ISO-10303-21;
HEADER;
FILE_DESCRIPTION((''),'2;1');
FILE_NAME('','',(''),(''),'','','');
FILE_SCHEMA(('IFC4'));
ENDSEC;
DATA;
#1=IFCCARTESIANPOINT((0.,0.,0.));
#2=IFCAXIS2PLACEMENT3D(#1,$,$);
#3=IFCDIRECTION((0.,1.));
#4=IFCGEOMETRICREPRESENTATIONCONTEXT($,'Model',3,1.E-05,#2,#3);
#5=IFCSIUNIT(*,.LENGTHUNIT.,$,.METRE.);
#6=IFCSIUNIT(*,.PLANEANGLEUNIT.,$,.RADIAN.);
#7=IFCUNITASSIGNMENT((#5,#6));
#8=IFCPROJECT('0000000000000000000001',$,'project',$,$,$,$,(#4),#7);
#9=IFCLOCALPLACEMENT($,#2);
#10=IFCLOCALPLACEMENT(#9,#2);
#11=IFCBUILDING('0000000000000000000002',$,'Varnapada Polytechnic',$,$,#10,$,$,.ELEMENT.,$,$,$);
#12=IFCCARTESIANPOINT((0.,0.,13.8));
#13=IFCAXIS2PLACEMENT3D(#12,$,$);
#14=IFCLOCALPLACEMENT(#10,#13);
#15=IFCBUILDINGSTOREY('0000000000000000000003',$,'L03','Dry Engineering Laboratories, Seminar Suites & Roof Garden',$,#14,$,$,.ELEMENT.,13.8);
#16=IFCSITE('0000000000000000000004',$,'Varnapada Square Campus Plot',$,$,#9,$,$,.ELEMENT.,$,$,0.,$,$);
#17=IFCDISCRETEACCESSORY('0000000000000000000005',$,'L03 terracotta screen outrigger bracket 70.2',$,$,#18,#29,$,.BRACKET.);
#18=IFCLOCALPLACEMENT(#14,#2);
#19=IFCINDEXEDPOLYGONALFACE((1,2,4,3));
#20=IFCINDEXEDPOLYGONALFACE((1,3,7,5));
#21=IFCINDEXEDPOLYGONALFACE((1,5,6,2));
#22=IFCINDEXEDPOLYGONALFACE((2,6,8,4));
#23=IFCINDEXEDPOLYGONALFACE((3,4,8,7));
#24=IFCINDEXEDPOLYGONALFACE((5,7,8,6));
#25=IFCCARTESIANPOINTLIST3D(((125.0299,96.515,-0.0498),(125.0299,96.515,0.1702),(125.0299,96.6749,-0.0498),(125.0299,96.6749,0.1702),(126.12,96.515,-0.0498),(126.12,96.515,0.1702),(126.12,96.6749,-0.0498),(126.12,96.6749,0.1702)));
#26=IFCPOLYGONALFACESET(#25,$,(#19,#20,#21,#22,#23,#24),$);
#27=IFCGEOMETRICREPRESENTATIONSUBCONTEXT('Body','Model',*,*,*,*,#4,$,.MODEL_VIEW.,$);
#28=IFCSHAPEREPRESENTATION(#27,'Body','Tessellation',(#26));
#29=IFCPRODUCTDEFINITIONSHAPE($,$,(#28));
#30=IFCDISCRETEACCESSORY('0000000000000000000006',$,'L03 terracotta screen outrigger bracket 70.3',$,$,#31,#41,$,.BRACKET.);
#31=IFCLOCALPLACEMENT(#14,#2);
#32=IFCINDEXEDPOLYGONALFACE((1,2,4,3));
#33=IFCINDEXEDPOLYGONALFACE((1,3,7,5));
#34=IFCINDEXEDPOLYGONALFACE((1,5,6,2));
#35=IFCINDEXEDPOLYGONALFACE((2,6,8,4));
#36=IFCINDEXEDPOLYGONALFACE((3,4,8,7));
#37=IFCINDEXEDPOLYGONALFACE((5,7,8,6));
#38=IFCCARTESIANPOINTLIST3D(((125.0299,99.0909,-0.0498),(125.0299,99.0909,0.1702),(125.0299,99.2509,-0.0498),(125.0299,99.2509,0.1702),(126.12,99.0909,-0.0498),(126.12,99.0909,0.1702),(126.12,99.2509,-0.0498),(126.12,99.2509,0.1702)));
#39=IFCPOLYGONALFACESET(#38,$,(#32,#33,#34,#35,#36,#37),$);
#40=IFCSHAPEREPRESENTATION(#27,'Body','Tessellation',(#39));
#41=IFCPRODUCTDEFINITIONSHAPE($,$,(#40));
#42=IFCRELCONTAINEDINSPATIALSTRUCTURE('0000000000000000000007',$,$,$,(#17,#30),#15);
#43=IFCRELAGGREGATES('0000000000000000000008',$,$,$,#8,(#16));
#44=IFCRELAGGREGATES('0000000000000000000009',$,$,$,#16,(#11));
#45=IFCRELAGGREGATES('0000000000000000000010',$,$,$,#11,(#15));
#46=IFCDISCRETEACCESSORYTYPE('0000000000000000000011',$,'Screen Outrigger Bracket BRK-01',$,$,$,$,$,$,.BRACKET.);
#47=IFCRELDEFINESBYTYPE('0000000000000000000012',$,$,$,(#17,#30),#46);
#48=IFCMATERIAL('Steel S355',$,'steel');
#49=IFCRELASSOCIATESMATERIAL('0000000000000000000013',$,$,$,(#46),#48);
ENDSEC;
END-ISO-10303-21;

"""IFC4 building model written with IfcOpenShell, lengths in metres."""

from ifc_helpers import new_model, si_unit, direction, frame, origin, origin_2d, place, context, subcontext, project, spatial, rectangle, extrude, material, type_object, element, save


model = new_model("IFC4")

# Units and contexts
model_context = context("Model", 3, precision=1e-05, world=origin(), true_north=direction((0.0, 1.0)))
body_context = subcontext(model_context, "Body", "Model", "MODEL_VIEW")
ifc_project = project(units=[si_unit("LENGTHUNIT", "METRE"), si_unit("PLANEANGLEUNIT", "RADIAN")], contexts=[model_context])

# Site, building, storey
site_placement = place(None, origin())
site = spatial("IfcSite", under=ifc_project, at=site_placement, Name="Varnapada Square Campus Plot", CompositionType="ELEMENT", RefElevation=0.0)
building_placement = place(site_placement, origin())
building = spatial("IfcBuilding", under=site, at=building_placement, Name="Varnapada Polytechnic", CompositionType="ELEMENT")
storey_placement = place(building_placement, frame((0.0, 0.0, 13.8)))
storey = spatial("IfcBuildingStorey", under=building, at=storey_placement, Name="L03", Description="Dry Engineering Laboratories, Seminar Suites & Roof Garden", CompositionType="ELEMENT", Elevation=13.8)

# Discrete accessories
ifc_material_1 = material(Name="Steel S355", Category="steel")
discrete_accessory_type = type_object("IfcDiscreteAccessoryType", Name="Screen Outrigger Bracket BRK-01", PredefinedType="BRACKET", material=ifc_material_1)
for number, where, z_axis, x_axis, name in (
    (1, (125.575, 96.595, -0.0498), (0.0, 0.0, 1.0), (0.0, 1.0, 0.0), "L03 terracotta screen outrigger bracket 70.2"),
    (2, (125.575, 99.1709, -0.0498), (0.0, 0.0, 1.0), (0.0, 1.0, 0.0), "L03 terracotta screen outrigger bracket 70.3"),
):
    element("IfcDiscreteAccessory", number, at=place(storey_placement, frame(where, z_axis=z_axis, x_axis=x_axis)), inside=storey, type_object=discrete_accessory_type, Name=name, PredefinedType="BRACKET", context=body_context, shape_type="SweptSolid", body=[
        extrude(rectangle(XDim=0.1599, YDim=1.0901, at=origin_2d()), origin(), (0.0, 0.0, 1.0), 0.22),
    ])

save(model, "model.ifc")
